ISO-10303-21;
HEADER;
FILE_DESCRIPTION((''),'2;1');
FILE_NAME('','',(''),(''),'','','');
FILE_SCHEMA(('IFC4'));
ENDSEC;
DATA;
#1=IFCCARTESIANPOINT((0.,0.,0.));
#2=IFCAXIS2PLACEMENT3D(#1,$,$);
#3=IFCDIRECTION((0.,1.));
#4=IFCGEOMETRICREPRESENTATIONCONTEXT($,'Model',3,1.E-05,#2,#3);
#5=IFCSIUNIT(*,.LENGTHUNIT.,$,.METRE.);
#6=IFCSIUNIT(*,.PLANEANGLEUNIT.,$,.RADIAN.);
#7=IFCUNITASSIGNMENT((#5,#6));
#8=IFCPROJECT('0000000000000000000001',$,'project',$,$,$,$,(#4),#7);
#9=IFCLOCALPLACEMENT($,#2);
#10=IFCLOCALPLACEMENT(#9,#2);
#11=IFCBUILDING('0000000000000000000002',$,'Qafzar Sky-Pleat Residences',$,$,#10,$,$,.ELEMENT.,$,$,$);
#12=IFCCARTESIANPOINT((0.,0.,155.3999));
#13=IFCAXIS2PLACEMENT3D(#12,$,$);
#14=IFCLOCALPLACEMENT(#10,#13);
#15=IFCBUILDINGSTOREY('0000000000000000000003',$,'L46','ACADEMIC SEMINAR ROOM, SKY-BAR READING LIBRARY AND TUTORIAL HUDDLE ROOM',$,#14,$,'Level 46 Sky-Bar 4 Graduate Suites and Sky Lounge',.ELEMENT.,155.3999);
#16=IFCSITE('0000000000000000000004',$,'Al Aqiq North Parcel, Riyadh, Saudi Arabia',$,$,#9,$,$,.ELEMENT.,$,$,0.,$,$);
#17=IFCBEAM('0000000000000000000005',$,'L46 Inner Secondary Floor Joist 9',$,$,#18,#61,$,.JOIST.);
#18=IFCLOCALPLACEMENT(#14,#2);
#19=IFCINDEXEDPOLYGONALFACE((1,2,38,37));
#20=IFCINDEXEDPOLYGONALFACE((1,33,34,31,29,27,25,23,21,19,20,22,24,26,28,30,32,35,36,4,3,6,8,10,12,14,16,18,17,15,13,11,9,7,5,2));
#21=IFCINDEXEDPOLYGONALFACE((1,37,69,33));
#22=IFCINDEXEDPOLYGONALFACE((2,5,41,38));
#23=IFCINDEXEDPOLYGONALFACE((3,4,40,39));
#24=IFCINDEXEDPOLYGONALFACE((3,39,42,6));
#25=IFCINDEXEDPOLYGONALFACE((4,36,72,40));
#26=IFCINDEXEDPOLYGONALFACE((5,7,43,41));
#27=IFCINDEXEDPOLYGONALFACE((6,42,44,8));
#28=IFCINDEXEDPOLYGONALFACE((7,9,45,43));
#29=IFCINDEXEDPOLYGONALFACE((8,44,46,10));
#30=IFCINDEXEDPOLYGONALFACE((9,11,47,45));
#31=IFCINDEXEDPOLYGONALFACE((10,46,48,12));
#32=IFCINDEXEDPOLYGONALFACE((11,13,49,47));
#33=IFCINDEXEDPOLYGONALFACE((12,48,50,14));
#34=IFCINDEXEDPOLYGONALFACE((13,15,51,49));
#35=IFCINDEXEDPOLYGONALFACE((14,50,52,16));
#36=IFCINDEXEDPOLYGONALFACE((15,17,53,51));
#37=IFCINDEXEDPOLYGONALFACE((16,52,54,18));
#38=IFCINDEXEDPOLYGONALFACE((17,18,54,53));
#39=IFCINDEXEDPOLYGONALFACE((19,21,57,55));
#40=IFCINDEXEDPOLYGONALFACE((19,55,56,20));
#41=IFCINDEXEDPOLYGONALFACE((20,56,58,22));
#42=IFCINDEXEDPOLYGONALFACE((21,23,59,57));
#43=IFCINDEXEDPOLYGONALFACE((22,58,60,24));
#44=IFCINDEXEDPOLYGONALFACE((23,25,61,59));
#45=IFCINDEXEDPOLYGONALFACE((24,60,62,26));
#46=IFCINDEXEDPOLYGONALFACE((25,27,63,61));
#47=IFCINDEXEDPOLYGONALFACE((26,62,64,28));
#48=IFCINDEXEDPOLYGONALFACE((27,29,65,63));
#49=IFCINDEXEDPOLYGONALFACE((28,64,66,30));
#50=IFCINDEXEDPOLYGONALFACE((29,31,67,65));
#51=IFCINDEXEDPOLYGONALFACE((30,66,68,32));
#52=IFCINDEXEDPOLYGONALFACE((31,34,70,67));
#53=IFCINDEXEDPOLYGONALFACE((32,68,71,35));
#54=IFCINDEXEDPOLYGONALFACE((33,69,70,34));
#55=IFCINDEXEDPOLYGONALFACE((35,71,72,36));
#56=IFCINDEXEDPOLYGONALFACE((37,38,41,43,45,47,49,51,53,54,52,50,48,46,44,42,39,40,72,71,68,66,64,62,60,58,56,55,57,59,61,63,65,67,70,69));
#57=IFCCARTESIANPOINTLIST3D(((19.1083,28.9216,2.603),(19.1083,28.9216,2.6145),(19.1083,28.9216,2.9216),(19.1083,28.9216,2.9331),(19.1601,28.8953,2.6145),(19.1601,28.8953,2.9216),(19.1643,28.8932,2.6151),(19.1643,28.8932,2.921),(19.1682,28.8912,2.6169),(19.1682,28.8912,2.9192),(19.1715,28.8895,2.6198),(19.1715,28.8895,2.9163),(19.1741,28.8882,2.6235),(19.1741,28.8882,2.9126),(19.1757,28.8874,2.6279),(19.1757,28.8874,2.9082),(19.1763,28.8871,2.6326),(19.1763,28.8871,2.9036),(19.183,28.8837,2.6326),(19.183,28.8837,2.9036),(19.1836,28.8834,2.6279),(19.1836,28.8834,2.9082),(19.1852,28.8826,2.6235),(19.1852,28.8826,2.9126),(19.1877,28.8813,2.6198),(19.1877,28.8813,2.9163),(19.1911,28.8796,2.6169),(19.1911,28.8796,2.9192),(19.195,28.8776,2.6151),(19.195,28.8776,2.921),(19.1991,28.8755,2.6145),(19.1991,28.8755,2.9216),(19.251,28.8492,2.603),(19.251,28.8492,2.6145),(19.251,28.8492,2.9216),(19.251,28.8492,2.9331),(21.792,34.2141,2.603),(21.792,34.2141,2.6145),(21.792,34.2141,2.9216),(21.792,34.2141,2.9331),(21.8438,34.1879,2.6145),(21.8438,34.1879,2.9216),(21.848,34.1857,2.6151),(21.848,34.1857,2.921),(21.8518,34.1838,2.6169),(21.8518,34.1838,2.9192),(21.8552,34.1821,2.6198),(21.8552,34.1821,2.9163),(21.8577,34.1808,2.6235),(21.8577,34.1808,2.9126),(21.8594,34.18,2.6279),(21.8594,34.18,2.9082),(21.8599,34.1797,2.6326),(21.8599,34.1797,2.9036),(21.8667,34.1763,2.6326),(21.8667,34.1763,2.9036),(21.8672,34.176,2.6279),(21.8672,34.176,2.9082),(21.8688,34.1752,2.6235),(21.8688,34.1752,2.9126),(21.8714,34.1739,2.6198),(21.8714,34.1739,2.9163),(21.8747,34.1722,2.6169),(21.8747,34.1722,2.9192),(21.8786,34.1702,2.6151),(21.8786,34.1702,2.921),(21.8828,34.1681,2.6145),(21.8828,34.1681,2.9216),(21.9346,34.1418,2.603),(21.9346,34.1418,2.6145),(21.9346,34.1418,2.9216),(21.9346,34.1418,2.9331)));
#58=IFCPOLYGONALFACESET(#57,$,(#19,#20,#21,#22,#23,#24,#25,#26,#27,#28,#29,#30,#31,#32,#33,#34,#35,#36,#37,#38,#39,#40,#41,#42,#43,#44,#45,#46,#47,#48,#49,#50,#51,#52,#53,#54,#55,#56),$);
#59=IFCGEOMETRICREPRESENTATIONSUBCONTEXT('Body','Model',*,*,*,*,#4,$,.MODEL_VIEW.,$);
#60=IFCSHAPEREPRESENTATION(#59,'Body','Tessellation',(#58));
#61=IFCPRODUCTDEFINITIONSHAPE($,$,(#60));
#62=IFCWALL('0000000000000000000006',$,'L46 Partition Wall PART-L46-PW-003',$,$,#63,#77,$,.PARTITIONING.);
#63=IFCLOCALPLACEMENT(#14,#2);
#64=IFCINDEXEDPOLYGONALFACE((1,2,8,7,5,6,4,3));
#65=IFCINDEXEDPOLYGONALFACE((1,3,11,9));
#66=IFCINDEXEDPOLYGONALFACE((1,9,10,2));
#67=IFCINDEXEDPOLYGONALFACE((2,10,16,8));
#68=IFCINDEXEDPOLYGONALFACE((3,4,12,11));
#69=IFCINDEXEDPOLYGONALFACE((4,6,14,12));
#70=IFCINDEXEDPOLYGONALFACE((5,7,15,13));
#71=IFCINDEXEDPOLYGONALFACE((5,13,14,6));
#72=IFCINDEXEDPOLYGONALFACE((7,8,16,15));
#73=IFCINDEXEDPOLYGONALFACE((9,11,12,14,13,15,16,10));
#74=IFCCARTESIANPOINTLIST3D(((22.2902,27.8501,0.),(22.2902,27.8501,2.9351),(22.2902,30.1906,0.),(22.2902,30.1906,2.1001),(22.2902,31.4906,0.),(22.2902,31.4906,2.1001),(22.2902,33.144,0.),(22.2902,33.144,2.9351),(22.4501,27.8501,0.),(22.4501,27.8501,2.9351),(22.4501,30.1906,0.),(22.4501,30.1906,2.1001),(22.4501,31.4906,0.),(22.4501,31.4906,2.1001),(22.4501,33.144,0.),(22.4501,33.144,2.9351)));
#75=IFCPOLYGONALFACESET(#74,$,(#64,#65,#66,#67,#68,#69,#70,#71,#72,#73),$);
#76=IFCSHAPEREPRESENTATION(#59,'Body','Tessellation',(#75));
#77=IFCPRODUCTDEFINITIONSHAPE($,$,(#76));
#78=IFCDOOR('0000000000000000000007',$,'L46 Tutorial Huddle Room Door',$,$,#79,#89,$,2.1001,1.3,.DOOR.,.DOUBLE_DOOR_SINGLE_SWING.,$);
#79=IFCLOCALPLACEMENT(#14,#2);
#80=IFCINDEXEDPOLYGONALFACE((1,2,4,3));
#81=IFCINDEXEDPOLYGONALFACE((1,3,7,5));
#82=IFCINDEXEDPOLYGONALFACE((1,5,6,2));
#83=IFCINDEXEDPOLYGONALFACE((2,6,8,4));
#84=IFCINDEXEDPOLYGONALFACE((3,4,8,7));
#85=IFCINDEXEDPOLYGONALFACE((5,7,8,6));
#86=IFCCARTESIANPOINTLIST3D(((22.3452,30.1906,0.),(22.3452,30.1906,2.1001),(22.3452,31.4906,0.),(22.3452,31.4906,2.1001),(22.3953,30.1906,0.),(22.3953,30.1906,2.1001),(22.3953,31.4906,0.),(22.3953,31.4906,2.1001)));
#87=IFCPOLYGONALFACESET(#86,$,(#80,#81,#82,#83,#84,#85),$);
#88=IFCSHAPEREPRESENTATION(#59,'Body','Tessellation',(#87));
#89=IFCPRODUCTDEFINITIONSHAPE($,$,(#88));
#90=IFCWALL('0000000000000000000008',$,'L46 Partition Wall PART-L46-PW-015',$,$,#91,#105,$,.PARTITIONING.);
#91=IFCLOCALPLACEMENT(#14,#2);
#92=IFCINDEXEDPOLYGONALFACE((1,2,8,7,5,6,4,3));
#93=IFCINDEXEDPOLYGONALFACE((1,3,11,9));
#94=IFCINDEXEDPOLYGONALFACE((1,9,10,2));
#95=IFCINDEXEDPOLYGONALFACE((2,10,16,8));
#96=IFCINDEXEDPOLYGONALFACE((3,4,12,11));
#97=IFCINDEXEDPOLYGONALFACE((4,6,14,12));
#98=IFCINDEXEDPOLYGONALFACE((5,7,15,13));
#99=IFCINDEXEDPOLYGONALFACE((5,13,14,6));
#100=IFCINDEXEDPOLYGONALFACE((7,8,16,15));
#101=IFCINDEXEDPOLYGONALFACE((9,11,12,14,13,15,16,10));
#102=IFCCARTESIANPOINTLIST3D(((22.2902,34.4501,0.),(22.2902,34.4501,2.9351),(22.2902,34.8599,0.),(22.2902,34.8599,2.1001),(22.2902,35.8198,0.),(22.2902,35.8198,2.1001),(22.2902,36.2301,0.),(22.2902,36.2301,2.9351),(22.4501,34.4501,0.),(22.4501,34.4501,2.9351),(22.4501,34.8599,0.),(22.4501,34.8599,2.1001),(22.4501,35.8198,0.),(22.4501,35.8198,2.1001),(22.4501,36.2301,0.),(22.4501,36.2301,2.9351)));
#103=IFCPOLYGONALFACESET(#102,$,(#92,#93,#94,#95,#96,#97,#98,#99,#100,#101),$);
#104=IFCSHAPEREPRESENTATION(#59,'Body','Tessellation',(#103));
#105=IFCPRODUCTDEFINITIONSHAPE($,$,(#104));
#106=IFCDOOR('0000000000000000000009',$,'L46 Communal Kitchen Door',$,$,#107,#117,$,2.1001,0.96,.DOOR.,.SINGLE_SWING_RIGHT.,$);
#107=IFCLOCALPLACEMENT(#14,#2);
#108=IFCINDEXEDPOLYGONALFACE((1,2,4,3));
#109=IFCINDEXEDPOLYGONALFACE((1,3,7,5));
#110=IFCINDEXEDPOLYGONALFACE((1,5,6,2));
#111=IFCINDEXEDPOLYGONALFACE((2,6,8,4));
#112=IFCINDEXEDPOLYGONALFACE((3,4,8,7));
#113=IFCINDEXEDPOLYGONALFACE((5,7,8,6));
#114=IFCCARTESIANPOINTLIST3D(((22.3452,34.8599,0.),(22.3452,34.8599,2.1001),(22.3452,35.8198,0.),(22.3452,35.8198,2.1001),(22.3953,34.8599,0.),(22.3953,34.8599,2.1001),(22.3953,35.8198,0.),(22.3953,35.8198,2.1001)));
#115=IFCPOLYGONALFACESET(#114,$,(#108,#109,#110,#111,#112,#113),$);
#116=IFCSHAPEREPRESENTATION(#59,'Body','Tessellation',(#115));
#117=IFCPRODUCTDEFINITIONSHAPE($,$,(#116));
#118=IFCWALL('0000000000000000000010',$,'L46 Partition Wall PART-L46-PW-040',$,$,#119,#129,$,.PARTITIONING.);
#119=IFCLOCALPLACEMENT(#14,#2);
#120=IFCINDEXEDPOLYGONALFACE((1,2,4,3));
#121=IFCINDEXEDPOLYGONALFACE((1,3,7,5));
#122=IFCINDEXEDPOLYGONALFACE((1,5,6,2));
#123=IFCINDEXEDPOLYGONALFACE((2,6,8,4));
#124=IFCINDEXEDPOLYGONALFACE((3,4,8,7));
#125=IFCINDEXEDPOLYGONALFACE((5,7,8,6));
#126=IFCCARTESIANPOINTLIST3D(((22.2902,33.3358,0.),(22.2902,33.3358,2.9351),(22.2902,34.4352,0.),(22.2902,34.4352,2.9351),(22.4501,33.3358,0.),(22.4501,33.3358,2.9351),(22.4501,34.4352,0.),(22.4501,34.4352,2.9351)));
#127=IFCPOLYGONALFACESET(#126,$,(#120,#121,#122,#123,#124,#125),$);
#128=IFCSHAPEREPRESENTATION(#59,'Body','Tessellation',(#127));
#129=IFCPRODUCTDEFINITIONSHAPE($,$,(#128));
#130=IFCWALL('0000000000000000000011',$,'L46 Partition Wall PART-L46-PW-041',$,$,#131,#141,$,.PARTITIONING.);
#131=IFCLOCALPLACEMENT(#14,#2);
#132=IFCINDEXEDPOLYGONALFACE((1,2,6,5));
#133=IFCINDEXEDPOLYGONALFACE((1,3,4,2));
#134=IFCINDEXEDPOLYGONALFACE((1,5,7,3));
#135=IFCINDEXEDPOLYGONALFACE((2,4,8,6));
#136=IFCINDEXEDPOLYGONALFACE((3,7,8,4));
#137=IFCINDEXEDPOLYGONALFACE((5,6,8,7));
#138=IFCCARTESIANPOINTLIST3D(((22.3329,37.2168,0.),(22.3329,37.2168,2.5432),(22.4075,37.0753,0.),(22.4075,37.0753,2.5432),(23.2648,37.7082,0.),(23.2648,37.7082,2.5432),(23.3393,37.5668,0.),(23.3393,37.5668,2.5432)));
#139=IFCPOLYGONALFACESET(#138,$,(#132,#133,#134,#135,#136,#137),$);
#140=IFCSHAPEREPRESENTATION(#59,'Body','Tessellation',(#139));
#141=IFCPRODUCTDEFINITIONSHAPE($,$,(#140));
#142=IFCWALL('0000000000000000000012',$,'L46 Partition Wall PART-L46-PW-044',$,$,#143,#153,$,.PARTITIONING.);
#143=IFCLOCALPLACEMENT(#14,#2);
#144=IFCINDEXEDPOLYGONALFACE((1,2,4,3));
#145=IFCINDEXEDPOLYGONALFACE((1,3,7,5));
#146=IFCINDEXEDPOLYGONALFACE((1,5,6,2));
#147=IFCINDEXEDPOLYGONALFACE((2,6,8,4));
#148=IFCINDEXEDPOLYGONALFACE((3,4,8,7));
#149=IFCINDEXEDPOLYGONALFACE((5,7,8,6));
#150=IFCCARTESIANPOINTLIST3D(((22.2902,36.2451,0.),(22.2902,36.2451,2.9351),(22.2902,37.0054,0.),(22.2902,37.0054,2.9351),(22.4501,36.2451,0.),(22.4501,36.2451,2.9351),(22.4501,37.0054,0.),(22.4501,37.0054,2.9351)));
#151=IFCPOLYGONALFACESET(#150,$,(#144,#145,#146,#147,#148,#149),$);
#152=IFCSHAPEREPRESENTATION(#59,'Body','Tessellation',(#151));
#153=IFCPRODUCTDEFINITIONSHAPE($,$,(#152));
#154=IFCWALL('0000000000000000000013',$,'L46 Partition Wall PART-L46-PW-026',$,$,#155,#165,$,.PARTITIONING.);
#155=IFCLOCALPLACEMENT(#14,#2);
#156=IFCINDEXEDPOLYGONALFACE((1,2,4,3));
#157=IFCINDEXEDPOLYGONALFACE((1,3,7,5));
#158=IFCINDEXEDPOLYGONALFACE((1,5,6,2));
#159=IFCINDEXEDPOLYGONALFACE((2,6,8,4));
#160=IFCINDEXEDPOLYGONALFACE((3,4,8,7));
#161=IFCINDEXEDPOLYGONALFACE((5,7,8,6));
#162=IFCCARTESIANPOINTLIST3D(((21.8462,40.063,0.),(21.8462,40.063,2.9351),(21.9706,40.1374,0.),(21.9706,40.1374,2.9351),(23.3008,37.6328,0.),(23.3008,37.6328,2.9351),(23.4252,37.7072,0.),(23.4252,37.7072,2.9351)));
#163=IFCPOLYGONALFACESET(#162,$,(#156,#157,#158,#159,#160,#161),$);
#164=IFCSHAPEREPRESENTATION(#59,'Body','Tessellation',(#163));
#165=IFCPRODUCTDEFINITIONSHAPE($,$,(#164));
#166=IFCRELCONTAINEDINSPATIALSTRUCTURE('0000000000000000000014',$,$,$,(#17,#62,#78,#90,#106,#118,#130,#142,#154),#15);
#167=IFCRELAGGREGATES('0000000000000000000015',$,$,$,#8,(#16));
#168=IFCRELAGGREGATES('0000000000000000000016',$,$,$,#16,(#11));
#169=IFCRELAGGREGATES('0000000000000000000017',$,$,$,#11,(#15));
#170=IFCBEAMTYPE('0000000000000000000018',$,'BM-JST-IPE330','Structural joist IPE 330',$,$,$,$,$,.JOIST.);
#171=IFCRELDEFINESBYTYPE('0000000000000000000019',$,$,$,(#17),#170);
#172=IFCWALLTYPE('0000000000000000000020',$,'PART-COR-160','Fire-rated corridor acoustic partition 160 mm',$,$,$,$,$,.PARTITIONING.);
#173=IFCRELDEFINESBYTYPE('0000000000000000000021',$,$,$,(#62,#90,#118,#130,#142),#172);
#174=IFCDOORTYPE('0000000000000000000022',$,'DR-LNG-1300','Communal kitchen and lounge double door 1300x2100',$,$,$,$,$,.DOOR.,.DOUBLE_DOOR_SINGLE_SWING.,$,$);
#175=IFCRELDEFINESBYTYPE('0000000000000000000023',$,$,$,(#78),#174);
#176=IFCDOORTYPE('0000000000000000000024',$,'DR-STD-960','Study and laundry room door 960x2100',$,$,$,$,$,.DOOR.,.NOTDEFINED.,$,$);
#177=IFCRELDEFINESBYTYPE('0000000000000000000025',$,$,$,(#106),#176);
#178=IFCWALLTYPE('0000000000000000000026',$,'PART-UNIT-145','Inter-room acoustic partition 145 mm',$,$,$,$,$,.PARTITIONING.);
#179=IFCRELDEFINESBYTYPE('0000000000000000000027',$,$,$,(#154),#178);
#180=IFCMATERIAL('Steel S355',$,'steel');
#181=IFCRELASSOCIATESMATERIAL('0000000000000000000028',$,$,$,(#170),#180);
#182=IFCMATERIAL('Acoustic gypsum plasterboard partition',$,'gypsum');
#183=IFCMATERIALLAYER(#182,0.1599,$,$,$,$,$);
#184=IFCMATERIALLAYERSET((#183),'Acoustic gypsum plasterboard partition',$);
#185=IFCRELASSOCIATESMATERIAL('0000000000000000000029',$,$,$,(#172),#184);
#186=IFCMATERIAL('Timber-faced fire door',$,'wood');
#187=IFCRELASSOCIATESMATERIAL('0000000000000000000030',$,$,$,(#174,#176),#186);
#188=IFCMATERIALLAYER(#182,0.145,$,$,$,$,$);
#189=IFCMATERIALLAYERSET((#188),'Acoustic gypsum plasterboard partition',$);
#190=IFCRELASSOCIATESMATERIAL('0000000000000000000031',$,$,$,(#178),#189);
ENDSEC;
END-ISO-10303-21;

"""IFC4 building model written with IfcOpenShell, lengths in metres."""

from ifc_helpers import new_model, si_unit, direction, frame, frame_2d, origin, origin_2d, place, context, subcontext, project, spatial, rectangle, i_section, extrude, source, transform, mapped, material, layer, layer_set, material_profile, profile_set, type_object, element, fill, save


model = new_model("IFC4")

# Units and contexts
model_context = context("Model", 3, precision=1e-05, world=origin(), true_north=direction((0.0, 1.0)))
body_context = subcontext(model_context, "Body", "Model", "MODEL_VIEW")
ifc_project = project(units=[si_unit("LENGTHUNIT", "METRE"), si_unit("PLANEANGLEUNIT", "RADIAN")], contexts=[model_context])

# Site, building, storey
site_placement = place(None, origin())
site = spatial("IfcSite", under=ifc_project, at=site_placement, Name="Al Aqiq North Parcel, Riyadh, Saudi Arabia", CompositionType="ELEMENT", RefElevation=0.0)
building_placement = place(site_placement, origin())
building = spatial("IfcBuilding", under=site, at=building_placement, Name="Qafzar Sky-Pleat Residences", CompositionType="ELEMENT")
storey_placement = place(building_placement, frame((0.0, 0.0, 155.3999)))
storey = spatial("IfcBuildingStorey", under=building, at=storey_placement, Name="L46", Description="ACADEMIC SEMINAR ROOM, SKY-BAR READING LIBRARY AND TUTORIAL HUDDLE ROOM", LongName="Level 46 Sky-Bar 4 Graduate Suites and Sky Lounge", CompositionType="ELEMENT", Elevation=155.3999)

# Beam
ifc_material_1 = material(Name="Steel S355", Category="steel")
ifc_material_profile_1 = material_profile(ifc_material_1, i_section(OverallWidth=0.1599, OverallDepth=0.3301, WebThickness=0.0076, FlangeThickness=0.0115, FilletRadius=0.0181, at=origin_2d()), Name="IPE 330")
ifc_profile_set_1 = profile_set([ifc_material_profile_1], Name="Steel S355")
beam_type_1 = type_object("IfcBeamType", Name="BM-JST-IPE330", Description="Structural joist IPE 330", PredefinedType="JOIST", material=ifc_profile_set_1)
shared_shape_1 = source(origin(), body_context, "Body", "SweptSolid", [
    extrude(i_section(OverallWidth=0.1599, OverallDepth=0.3301, WebThickness=0.0076, FlangeThickness=0.0115, FilletRadius=0.0181, at=origin_2d()), origin(), (0.0, 0.0, 1.0), 5.9341),
])
beam_1_placement = place(storey_placement, frame((21.8633, 34.178, 2.7681), z_axis=(-0.452242, -0.891895, 0.0), x_axis=(0.891895, -0.452242, 0.0)))
element("IfcBeam", 1, at=beam_1_placement, inside=storey, type_object=beam_type_1, Name="L46 Inner Secondary Floor Joist 9", PredefinedType="JOIST", context=body_context, shape_type="MappedRepresentation", body=[
    mapped(shared_shape_1, transform((0.0, 0.0, 0.0), x_axis=(1.0, 0.0, 0.0), y_axis=(0.0, 1.0, 0.0), z_axis=(0.0, 0.0, 1.0), scale=1.0)),
])

# Walls, openings, doors
ifc_material_2 = material(Name="Acoustic gypsum plasterboard partition", Category="gypsum")
ifc_layer_1 = layer(ifc_material_2, 0.1599)
ifc_layer_set_1 = layer_set([ifc_layer_1], Name="Acoustic gypsum plasterboard partition")
wall_type_1 = type_object("IfcWallType", Name="PART-COR-160", Description="Fire-rated corridor acoustic partition 160 mm", PredefinedType="PARTITIONING", material=ifc_layer_set_1)
wall_1_placement = place(storey_placement, frame((22.3701, 27.8501, 0.0), z_axis=(0.0, 0.0, 1.0), x_axis=(0.0, 1.0, 0.0)))
wall_1 = element("IfcWall", 2, at=wall_1_placement, inside=storey, type_object=wall_type_1, Name="L46 Partition Wall PART-L46-PW-003", PredefinedType="PARTITIONING", context=body_context, shape_type="SweptSolid", body=[
    extrude(rectangle(XDim=5.2939, YDim=0.1599, at=frame_2d((2.647, 0.0))), origin(), (0.0, 0.0, 1.0), 2.9351),
])
opening_1_placement = place(wall_1_placement, frame((2.3406, 0.0, 0.0)))
opening_1 = element("IfcOpeningElement", 3, at=opening_1_placement, cuts=wall_1, PredefinedType="OPENING", context=body_context, shape_type="SweptSolid", body=[
    extrude(rectangle(XDim=1.3, YDim=2.1001, at=frame_2d((0.6499, 1.05))), frame((0.0, 0.0898, 0.0), z_axis=(0.0, -1.0, 0.0), x_axis=(1.0, 0.0, 0.0)), (0.0, 0.0, 1.0), 0.1799),
])
ifc_material_3 = material(Name="Timber-faced fire door", Category="wood")
door_type_1 = type_object("IfcDoorType", Name="DR-LNG-1300", Description="Communal kitchen and lounge double door 1300x2100", OperationType="DOUBLE_DOOR_SINGLE_SWING", PredefinedType="DOOR", material=ifc_material_3)
shared_shape_2 = source(origin(), body_context, "Body", "SweptSolid", [
    extrude(rectangle(XDim=1.3, YDim=2.1001, at=frame_2d((0.6499, 1.05))), frame((0.0, 0.0249, 0.0), z_axis=(0.0, -1.0, 0.0), x_axis=(1.0, 0.0, 0.0)), (0.0, 0.0, 1.0), 0.05),
])
door_1_placement = place(opening_1_placement, origin())
door_1 = element("IfcDoor", 4, at=door_1_placement, inside=storey, type_object=door_type_1, Name="L46 Tutorial Huddle Room Door", OperationType="DOUBLE_DOOR_SINGLE_SWING", OverallHeight=2.1001, OverallWidth=1.3, PredefinedType="DOOR", context=body_context, shape_type="MappedRepresentation", body=[
    mapped(shared_shape_2, transform((0.0, 0.0, 0.0), x_axis=(1.0, 0.0, 0.0), y_axis=(0.0, 1.0, 0.0), z_axis=(0.0, 0.0, 1.0), scale=1.0)),
])
fill(opening_1, door_1)
wall_2_placement = place(storey_placement, frame((22.3701, 34.45, 0.0), z_axis=(0.0, 0.0, 1.0), x_axis=(0.0, 1.0, 0.0)))
wall_2 = element("IfcWall", 5, at=wall_2_placement, inside=storey, type_object=wall_type_1, Name="L46 Partition Wall PART-L46-PW-015", PredefinedType="PARTITIONING", context=body_context, shape_type="SweptSolid", body=[
    extrude(rectangle(XDim=1.78, YDim=0.1599, at=frame_2d((0.8901, 0.0))), origin(), (0.0, 0.0, 1.0), 2.9351),
])
opening_2_placement = place(wall_2_placement, frame((0.4099, 0.0, 0.0)))
opening_2 = element("IfcOpeningElement", 6, at=opening_2_placement, cuts=wall_2, PredefinedType="OPENING", context=body_context, shape_type="SweptSolid", body=[
    extrude(rectangle(XDim=0.96, YDim=2.1001, at=frame_2d((0.48, 1.05))), frame((0.0, 0.0898, 0.0), z_axis=(0.0, -1.0, 0.0), x_axis=(1.0, 0.0, 0.0)), (0.0, 0.0, 1.0), 0.1799),
])
door_type_2 = type_object("IfcDoorType", Name="DR-STD-960", Description="Study and laundry room door 960x2100", OperationType="NOTDEFINED", PredefinedType="DOOR", material=ifc_material_3)
shared_shape_3 = source(origin(), body_context, "Body", "SweptSolid", [
    extrude(rectangle(XDim=0.96, YDim=2.1001, at=frame_2d((0.48, 1.05))), frame((0.0, 0.0249, 0.0), z_axis=(0.0, -1.0, 0.0), x_axis=(1.0, 0.0, 0.0)), (0.0, 0.0, 1.0), 0.05),
])
door_2_placement = place(opening_2_placement, origin())
door_2 = element("IfcDoor", 7, at=door_2_placement, inside=storey, type_object=door_type_2, Name="L46 Communal Kitchen Door", OperationType="SINGLE_SWING_RIGHT", OverallHeight=2.1001, OverallWidth=0.96, PredefinedType="DOOR", context=body_context, shape_type="MappedRepresentation", body=[
    mapped(shared_shape_3, transform((0.0, 0.0, 0.0), x_axis=(1.0, 0.0, 0.0), y_axis=(0.0, 1.0, 0.0), z_axis=(0.0, 0.0, 1.0), scale=1.0)),
])
fill(opening_2, door_2)

# Walls
wall_3_placement = place(storey_placement, frame((22.3701, 33.3357, 0.0), z_axis=(0.0, 0.0, 1.0), x_axis=(0.0, 1.0, 0.0)))
element("IfcWall", 8, at=wall_3_placement, inside=storey, type_object=wall_type_1, Name="L46 Partition Wall PART-L46-PW-040", PredefinedType="PARTITIONING", context=body_context, shape_type="SweptSolid", body=[
    extrude(rectangle(XDim=1.0994, YDim=0.1599, at=frame_2d((0.5498, 0.0))), origin(), (0.0, 0.0, 1.0), 2.9351),
])
wall_4_placement = place(storey_placement, frame((22.3701, 37.146, 0.0), z_axis=(0.0, 0.0, 1.0), x_axis=(0.884531, 0.466482, 0.0)))
element("IfcWall", 9, at=wall_4_placement, inside=storey, type_object=wall_type_1, Name="L46 Partition Wall PART-L46-PW-041", PredefinedType="PARTITIONING", context=body_context, shape_type="SweptSolid", body=[
    extrude(rectangle(XDim=1.0535, YDim=0.1599, at=frame_2d((0.5269, 0.0))), origin(), (0.0, 0.0, 1.0), 2.5432),
])
wall_5_placement = place(storey_placement, frame((22.3701, 36.2451, 0.0), z_axis=(0.0, 0.0, 1.0), x_axis=(0.0, 1.0, 0.0)))
element("IfcWall", 10, at=wall_5_placement, inside=storey, type_object=wall_type_1, Name="L46 Partition Wall PART-L46-PW-044", PredefinedType="PARTITIONING", context=body_context, shape_type="SweptSolid", body=[
    extrude(rectangle(XDim=0.7603, YDim=0.1599, at=frame_2d((0.3801, 0.0))), origin(), (0.0, 0.0, 1.0), 2.9351),
])
ifc_layer_2 = layer(ifc_material_2, 0.145)
ifc_layer_set_2 = layer_set([ifc_layer_2], Name="Acoustic gypsum plasterboard partition")
wall_type_2 = type_object("IfcWallType", Name="PART-UNIT-145", Description="Inter-room acoustic partition 145 mm", PredefinedType="PARTITIONING", material=ifc_layer_set_2)
wall_6_placement = place(storey_placement, frame((21.9084, 40.1001, 0.0), z_axis=(0.0, 0.0, 1.0), x_axis=(0.513583, -0.85804, 0.0)))
element("IfcWall", 11, at=wall_6_placement, inside=storey, type_object=wall_type_2, Name="L46 Partition Wall PART-L46-PW-026", PredefinedType="PARTITIONING", context=body_context, shape_type="SweptSolid", body=[
    extrude(rectangle(XDim=2.8323, YDim=0.145, at=frame_2d((1.416, 0.0))), origin(), (0.0, 0.0, 1.0), 2.9351),
])

save(model, "model.ifc")
